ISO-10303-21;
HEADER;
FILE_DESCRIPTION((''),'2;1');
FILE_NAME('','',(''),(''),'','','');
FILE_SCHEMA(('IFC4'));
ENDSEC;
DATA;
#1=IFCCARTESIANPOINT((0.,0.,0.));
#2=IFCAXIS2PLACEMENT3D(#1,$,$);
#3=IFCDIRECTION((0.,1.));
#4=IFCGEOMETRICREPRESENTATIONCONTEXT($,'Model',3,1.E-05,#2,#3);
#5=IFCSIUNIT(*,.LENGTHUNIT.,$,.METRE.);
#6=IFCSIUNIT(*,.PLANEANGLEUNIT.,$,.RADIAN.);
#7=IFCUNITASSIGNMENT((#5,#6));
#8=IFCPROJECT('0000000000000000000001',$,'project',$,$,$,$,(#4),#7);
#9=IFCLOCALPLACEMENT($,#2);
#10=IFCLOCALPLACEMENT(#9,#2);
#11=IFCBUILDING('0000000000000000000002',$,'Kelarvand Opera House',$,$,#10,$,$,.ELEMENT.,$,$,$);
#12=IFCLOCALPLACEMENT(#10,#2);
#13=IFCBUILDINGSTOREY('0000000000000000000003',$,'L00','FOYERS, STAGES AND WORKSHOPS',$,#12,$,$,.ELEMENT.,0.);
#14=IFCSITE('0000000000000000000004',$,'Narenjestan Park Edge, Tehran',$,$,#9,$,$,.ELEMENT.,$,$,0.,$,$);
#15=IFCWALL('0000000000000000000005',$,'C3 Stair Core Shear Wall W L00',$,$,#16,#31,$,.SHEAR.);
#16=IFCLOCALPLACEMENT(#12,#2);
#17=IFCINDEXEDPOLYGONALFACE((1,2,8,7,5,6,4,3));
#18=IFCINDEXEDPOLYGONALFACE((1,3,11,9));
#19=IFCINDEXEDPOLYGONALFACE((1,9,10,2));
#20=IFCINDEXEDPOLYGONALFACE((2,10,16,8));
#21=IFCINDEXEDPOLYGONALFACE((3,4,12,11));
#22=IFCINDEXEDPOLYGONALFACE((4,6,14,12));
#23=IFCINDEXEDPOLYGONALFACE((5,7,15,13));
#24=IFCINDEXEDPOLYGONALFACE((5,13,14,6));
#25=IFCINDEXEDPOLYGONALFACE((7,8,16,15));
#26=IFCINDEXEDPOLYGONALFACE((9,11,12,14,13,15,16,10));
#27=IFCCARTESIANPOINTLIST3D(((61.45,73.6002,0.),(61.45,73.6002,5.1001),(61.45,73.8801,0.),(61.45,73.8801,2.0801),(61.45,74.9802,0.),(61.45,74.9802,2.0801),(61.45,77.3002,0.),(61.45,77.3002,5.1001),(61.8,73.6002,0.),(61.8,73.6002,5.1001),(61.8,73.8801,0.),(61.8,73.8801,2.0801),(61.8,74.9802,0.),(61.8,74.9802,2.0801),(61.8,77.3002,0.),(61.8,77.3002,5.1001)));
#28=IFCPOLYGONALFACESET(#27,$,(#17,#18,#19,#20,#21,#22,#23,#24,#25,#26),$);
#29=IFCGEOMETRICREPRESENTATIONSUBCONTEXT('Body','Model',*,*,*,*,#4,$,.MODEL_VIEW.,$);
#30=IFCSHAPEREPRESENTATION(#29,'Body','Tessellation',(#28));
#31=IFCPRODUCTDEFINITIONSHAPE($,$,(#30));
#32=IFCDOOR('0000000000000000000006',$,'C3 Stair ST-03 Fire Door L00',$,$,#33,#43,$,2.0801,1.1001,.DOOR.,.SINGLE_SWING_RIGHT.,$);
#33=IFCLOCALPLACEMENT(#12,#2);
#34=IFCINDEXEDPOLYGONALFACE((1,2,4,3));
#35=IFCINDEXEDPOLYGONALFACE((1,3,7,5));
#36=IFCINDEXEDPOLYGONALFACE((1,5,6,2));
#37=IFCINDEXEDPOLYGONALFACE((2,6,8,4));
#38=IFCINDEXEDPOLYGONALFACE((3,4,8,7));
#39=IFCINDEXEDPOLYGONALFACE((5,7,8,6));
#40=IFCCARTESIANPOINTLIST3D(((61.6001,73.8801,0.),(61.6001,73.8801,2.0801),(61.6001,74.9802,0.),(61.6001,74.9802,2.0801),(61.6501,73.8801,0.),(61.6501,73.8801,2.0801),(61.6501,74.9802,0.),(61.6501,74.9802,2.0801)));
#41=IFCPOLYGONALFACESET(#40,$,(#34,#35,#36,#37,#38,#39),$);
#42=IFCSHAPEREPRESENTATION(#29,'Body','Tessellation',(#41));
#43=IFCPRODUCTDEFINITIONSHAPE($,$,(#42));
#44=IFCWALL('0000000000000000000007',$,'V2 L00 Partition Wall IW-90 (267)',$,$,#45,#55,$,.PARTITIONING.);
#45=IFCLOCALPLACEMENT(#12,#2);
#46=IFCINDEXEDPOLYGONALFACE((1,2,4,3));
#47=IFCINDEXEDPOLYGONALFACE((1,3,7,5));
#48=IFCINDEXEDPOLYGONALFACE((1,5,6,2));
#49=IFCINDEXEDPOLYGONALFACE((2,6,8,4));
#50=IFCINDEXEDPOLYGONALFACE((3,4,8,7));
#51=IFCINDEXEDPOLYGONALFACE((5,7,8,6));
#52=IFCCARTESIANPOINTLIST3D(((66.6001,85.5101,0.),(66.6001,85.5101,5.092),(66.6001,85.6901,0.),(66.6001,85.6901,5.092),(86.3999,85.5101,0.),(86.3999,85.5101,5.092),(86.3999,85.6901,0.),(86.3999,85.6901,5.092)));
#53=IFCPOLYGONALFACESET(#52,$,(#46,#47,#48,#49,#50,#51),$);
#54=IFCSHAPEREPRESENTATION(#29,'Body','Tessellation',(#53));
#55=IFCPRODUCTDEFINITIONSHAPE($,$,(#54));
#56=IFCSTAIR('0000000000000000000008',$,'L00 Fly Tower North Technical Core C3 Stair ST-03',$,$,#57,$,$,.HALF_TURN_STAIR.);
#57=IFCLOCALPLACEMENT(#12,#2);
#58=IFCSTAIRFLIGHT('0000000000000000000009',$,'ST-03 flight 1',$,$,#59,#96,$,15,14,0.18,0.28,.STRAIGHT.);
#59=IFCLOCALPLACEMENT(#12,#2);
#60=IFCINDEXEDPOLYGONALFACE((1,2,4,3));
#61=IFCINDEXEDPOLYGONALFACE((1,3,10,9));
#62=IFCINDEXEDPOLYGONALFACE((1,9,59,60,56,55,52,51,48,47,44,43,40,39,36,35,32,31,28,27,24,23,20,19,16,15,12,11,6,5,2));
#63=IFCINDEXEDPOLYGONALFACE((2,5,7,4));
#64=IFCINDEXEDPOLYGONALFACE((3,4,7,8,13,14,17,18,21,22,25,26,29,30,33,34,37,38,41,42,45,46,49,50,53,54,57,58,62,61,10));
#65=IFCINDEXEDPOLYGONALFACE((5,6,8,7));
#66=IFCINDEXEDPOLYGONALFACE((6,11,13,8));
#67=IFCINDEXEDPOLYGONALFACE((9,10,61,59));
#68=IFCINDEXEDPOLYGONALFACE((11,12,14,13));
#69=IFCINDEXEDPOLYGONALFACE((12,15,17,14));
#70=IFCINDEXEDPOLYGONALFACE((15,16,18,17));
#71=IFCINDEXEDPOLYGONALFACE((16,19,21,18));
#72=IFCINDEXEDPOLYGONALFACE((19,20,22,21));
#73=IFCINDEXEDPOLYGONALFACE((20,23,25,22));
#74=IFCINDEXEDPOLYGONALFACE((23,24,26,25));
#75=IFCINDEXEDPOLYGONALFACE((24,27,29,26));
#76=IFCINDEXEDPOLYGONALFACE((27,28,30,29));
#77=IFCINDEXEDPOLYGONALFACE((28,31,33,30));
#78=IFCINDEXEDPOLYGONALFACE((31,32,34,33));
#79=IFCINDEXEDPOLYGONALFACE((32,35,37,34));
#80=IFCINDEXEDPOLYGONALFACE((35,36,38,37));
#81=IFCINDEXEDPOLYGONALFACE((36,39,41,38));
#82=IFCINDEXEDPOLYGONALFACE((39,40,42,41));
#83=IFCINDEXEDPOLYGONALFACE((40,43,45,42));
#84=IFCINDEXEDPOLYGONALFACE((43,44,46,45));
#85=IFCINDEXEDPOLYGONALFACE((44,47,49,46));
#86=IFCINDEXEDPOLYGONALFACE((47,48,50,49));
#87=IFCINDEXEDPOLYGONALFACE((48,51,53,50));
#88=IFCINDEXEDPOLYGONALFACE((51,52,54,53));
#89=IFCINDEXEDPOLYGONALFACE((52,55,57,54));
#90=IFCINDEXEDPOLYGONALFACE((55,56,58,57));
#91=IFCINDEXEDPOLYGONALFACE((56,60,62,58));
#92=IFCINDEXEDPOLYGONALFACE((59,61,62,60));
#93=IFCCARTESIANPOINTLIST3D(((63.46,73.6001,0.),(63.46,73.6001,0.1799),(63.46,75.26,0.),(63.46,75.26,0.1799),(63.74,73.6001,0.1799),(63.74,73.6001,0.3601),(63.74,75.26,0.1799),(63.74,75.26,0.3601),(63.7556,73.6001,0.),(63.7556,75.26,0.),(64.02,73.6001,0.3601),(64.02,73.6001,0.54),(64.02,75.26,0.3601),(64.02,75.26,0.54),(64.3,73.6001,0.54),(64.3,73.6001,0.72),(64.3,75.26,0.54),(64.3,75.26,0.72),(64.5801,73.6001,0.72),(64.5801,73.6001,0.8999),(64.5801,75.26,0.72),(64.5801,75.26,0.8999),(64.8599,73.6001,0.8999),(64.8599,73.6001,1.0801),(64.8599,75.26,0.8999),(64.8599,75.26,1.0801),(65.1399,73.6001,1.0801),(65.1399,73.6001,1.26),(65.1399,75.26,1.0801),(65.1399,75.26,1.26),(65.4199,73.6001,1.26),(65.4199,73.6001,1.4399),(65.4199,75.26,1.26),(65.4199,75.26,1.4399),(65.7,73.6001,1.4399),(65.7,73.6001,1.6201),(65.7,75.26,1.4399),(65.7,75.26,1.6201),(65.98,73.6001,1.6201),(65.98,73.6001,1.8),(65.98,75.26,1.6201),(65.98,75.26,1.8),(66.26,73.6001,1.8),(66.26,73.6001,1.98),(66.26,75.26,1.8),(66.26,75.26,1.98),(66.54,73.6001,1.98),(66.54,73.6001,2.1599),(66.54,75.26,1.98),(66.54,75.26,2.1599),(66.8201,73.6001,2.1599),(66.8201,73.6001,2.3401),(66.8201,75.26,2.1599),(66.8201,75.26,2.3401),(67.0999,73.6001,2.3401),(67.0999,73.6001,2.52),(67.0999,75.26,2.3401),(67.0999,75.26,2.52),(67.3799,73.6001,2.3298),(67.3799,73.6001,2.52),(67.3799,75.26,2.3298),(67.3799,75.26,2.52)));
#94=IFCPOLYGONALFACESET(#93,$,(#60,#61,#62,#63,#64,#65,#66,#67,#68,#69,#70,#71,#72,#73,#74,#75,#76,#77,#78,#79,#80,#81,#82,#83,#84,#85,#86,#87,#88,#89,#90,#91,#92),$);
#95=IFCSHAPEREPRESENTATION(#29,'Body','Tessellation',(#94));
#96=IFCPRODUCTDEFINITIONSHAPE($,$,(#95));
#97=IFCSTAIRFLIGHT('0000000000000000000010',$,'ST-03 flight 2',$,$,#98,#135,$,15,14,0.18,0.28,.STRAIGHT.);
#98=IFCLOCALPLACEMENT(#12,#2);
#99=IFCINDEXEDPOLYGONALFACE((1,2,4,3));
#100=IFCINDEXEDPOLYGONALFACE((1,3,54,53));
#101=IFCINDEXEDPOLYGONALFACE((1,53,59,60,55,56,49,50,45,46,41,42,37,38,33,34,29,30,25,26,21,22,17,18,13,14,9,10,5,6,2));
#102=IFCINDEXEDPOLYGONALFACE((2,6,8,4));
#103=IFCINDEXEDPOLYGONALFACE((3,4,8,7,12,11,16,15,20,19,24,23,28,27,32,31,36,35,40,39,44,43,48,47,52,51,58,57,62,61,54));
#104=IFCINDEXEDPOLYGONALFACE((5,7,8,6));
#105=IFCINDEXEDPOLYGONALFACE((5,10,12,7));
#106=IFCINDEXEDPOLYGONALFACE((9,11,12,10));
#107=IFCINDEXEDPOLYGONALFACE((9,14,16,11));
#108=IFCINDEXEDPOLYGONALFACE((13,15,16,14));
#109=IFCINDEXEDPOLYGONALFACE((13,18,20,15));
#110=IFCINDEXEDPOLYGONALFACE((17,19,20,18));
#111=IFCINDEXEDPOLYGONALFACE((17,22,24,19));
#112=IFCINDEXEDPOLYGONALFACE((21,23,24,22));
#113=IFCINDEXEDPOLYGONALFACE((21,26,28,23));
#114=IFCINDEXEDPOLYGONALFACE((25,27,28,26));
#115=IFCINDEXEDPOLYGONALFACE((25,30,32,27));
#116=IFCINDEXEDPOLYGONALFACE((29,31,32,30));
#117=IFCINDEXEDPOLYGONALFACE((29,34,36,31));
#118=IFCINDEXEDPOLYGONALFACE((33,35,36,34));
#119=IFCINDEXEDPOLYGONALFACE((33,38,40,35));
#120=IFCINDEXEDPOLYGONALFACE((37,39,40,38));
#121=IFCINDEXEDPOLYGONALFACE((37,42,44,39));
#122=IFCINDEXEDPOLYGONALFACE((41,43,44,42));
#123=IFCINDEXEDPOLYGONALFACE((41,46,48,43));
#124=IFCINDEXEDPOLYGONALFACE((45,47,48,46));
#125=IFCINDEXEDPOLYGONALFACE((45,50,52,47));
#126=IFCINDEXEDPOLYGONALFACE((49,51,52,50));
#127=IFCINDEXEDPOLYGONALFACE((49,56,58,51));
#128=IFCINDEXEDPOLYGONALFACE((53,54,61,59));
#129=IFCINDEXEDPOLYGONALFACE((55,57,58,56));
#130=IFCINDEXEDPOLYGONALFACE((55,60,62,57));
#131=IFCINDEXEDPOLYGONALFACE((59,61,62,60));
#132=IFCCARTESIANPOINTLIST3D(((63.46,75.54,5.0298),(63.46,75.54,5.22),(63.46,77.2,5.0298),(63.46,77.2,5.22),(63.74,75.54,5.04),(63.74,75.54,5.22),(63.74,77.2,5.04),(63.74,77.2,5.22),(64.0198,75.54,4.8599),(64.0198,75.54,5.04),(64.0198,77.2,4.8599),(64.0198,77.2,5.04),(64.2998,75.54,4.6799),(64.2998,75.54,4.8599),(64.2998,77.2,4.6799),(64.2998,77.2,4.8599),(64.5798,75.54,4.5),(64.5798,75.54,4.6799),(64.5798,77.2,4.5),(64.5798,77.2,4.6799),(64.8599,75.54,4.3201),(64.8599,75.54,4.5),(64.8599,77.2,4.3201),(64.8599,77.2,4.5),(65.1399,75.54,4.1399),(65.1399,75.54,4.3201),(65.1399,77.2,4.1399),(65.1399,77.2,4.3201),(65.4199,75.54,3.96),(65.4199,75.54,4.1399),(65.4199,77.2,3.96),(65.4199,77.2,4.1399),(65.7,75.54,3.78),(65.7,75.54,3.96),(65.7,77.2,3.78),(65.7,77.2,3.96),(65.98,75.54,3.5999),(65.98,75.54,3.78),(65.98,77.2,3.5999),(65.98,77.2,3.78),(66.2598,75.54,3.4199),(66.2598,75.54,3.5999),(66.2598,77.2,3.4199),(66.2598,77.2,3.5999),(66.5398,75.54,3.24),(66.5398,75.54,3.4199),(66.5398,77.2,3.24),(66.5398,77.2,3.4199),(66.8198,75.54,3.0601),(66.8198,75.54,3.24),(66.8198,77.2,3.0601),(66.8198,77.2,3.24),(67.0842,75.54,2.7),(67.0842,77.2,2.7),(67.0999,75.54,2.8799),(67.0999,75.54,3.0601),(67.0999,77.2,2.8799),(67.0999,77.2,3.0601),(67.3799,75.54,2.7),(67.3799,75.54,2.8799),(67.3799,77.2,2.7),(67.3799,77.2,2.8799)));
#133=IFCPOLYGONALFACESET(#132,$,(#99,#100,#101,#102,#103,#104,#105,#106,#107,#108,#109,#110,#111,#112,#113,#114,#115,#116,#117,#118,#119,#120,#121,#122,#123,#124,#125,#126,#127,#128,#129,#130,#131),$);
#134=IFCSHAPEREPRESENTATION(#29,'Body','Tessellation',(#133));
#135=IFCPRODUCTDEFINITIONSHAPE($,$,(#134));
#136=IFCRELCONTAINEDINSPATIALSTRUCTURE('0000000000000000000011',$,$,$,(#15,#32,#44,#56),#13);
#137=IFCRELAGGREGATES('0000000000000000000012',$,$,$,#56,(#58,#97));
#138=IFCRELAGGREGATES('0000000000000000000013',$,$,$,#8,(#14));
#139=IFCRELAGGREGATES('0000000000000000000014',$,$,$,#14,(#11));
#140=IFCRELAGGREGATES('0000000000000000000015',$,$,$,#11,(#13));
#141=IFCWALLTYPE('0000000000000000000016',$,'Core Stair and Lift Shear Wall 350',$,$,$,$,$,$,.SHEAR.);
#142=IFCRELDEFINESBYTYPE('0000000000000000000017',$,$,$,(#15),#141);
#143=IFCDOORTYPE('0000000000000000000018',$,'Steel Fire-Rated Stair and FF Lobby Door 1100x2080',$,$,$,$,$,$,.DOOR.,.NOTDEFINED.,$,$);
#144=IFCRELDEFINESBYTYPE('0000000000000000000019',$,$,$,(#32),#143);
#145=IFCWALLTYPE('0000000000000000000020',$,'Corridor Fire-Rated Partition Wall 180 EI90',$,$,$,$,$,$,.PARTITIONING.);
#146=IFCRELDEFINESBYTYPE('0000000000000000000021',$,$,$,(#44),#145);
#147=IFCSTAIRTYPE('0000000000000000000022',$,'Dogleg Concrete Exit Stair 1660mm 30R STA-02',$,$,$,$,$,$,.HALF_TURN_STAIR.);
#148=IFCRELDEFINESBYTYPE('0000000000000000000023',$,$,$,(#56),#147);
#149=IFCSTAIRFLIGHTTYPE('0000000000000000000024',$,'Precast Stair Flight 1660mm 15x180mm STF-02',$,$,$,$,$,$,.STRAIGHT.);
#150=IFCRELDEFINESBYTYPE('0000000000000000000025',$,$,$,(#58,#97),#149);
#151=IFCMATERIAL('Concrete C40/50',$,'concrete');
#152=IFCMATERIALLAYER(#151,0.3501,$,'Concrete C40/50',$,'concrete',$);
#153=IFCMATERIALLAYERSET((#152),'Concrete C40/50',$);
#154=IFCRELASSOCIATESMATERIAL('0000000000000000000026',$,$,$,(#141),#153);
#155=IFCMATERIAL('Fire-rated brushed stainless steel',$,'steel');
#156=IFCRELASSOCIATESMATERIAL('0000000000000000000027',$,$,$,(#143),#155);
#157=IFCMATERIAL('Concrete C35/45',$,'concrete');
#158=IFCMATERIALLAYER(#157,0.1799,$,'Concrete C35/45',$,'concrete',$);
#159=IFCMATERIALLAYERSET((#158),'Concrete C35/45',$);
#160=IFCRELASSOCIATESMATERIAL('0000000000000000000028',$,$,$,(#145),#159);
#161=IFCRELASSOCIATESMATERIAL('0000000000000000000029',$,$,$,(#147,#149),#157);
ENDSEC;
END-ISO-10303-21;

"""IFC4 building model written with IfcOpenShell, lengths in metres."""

from ifc_helpers import new_model, si_unit, direction, frame, frame_2d, origin, place, context, subcontext, project, spatial, polyline, rectangle, outline, extrude, material, layer, layer_set, type_object, element, fill, aggregate, save


model = new_model("IFC4")

# Units and contexts
model_context = context("Model", 3, precision=1e-05, world=origin(), true_north=direction((0.0, 1.0)))
body_context = subcontext(model_context, "Body", "Model", "MODEL_VIEW")
ifc_project = project(units=[si_unit("LENGTHUNIT", "METRE"), si_unit("PLANEANGLEUNIT", "RADIAN")], contexts=[model_context])

# Site, building, storey
site_placement = place(None, origin())
site = spatial("IfcSite", under=ifc_project, at=site_placement, Name="Narenjestan Park Edge, Tehran", CompositionType="ELEMENT", RefElevation=0.0)
building_placement = place(site_placement, origin())
building = spatial("IfcBuilding", under=site, at=building_placement, Name="Kelarvand Opera House", CompositionType="ELEMENT")
storey_placement = place(building_placement, origin())
storey = spatial("IfcBuildingStorey", under=building, at=storey_placement, Name="L00", Description="FOYERS, STAGES AND WORKSHOPS", CompositionType="ELEMENT", Elevation=0.0)

# Shared definitions
ifc_material_1 = material(Name="Concrete C40/50", Category="concrete")

# Shared definitions
ifc_material_2 = material(Name="Concrete C35/45", Category="concrete")

# Shared definitions
ifc_layer_1 = layer(ifc_material_1, 0.3501, Name="Concrete C40/50", Category="concrete")
ifc_layer_set_1 = layer_set([ifc_layer_1], Name="Concrete C40/50")
wall_type_1 = type_object("IfcWallType", Name="Core Stair and Lift Shear Wall 350", PredefinedType="SHEAR", material=ifc_layer_set_1)

# Wall, opening, door
wall_1_placement = place(storey_placement, frame((61.625, 73.6001, 0.0), z_axis=(0.0, 0.0, 1.0), x_axis=(0.0, 1.0, 0.0)))
wall_1 = element("IfcWall", 1, at=wall_1_placement, inside=storey, type_object=wall_type_1, Name="C3 Stair Core Shear Wall W L00", PredefinedType="SHEAR", context=body_context, shape_type="SweptSolid", body=[
    extrude(rectangle(XDim=3.7, YDim=0.3501, at=frame_2d((1.8501, 0.0))), origin(), (0.0, 0.0, 1.0), 5.1001),
])
opening_placement = place(wall_1_placement, frame((0.28, 0.0, 0.0)))
opening = element("IfcOpeningElement", 2, at=opening_placement, cuts=wall_1, PredefinedType="OPENING", context=body_context, shape_type="SweptSolid", body=[
    extrude(rectangle(XDim=1.1001, YDim=2.0801, at=frame_2d((0.55, 1.04))), frame((0.0, 0.1851, 0.0), z_axis=(0.0, -1.0, 0.0), x_axis=(1.0, 0.0, 0.0)), (0.0, 0.0, 1.0), 0.3701),
])
ifc_material_3 = material(Name="Fire-rated brushed stainless steel", Category="steel")
door_type = type_object("IfcDoorType", Name="Steel Fire-Rated Stair and FF Lobby Door 1100x2080", OperationType="NOTDEFINED", PredefinedType="DOOR", material=ifc_material_3)
door_placement = place(opening_placement, origin())
door = element("IfcDoor", 3, at=door_placement, inside=storey, type_object=door_type, Name="C3 Stair ST-03 Fire Door L00", OperationType="SINGLE_SWING_RIGHT", OverallHeight=2.0801, OverallWidth=1.1001, PredefinedType="DOOR", context=body_context, shape_type="SweptSolid", body=[
    extrude(rectangle(XDim=1.1001, YDim=2.0801, at=frame_2d((0.55, 1.04))), frame((0.0, 0.0249, 0.0), z_axis=(0.0, -1.0, 0.0), x_axis=(1.0, 0.0, 0.0)), (0.0, 0.0, 1.0), 0.05),
])
fill(opening, door)

# Wall
ifc_layer_2 = layer(ifc_material_2, 0.1799, Name="Concrete C35/45", Category="concrete")
ifc_layer_set_2 = layer_set([ifc_layer_2], Name="Concrete C35/45")
wall_type_2 = type_object("IfcWallType", Name="Corridor Fire-Rated Partition Wall 180 EI90", PredefinedType="PARTITIONING", material=ifc_layer_set_2)
wall_2_placement = place(storey_placement, frame((66.6001, 85.6001, 0.0), z_axis=(0.0, 0.0, 1.0), x_axis=(1.0, 0.0, 0.0)))
element("IfcWall", 4, at=wall_2_placement, inside=storey, type_object=wall_type_2, Name="V2 L00 Partition Wall IW-90 (267)", PredefinedType="PARTITIONING", context=body_context, shape_type="SweptSolid", body=[
    extrude(rectangle(XDim=19.7998, YDim=0.1799, at=frame_2d((9.8999, 0.0))), origin(), (0.0, 0.0, 1.0), 5.092),
])

# Stair, stair flights
stair_type = type_object("IfcStairType", Name="Dogleg Concrete Exit Stair 1660mm 30R STA-02", PredefinedType="HALF_TURN_STAIR", material=ifc_material_2)
stair_placement = place(storey_placement, origin())
stair = element("IfcStair", 5, at=stair_placement, inside=storey, type_object=stair_type, Name="L00 Fly Tower North Technical Core C3 Stair ST-03", PredefinedType="HALF_TURN_STAIR")
stair_flight_type = type_object("IfcStairFlightType", Name="Precast Stair Flight 1660mm 15x180mm STF-02", PredefinedType="STRAIGHT", material=ifc_material_2)
stair_flight_1_placement = place(storey_placement, frame((63.46, 74.4299, 0.0), z_axis=(0.0, 0.0, 1.0), x_axis=(1.0, 0.0, 0.0)))
stair_flight_1 = element("IfcStairFlight", 6, at=stair_flight_1_placement, type_object=stair_flight_type, Name="ST-03 flight 1", NumberOfRisers=15, NumberOfTreads=14, PredefinedType="STRAIGHT", RiserHeight=0.18, TreadLength=0.28, context=body_context, shape_type="SweptSolid", body=[
    extrude(outline(polyline([(0.0, 0.0), (0.0, 0.1799), (0.28, 0.1799), (0.28, 0.3601), (0.5601, 0.3601), (0.5601, 0.54), (0.8401, 0.54), (0.8401, 0.72), (1.1201, 0.72), (1.1201, 0.8999), (1.3999, 0.8999), (1.3999, 1.0801), (1.6799, 1.0801), (1.6799, 1.26), (1.96, 1.26), (1.96, 1.4399), (2.24, 1.4399), (2.24, 1.6201), (2.52, 1.6201), (2.52, 1.8), (2.8, 1.8), (2.8, 1.98), (3.0801, 1.98), (3.0801, 2.1599), (3.3601, 2.1599), (3.3601, 2.3401), (3.6399, 2.3401), (3.6399, 2.52), (3.9199, 2.52), (3.9199, 2.7), (3.9199, 2.3298), (0.2957, 0.0), (0.0, 0.0)])), frame((0.0, 0.8301, 0.0), z_axis=(0.0, -1.0, 0.0), x_axis=(1.0, 0.0, 0.0)), (0.0, 0.0, 1.0), 1.6599),
])
stair_flight_2_placement = place(storey_placement, frame((67.3799, 76.3701, 2.7), z_axis=(0.0, 0.0, 1.0), x_axis=(-1.0, 0.0, 0.0)))
stair_flight_2 = element("IfcStairFlight", 7, at=stair_flight_2_placement, type_object=stair_flight_type, Name="ST-03 flight 2", NumberOfRisers=15, NumberOfTreads=14, PredefinedType="STRAIGHT", RiserHeight=0.18, TreadLength=0.28, context=body_context, shape_type="SweptSolid", body=[
    extrude(outline(polyline([(0.0, 0.0), (0.0, 0.1799), (0.28, 0.1799), (0.28, 0.3601), (0.5601, 0.3601), (0.5601, 0.54), (0.8401, 0.54), (0.8401, 0.72), (1.1201, 0.72), (1.1201, 0.8999), (1.3999, 0.8999), (1.3999, 1.0801), (1.6799, 1.0801), (1.6799, 1.26), (1.96, 1.26), (1.96, 1.4399), (2.24, 1.4399), (2.24, 1.6201), (2.52, 1.6201), (2.52, 1.8), (2.8, 1.8), (2.8, 1.98), (3.0801, 1.98), (3.0801, 2.1599), (3.3601, 2.1599), (3.3601, 2.3401), (3.6399, 2.3401), (3.6399, 2.52), (3.9199, 2.52), (3.9199, 2.7), (3.9199, 2.3298), (0.2957, 0.0), (0.0, 0.0)])), frame((0.0, 0.8301, 0.0), z_axis=(0.0, -1.0, 0.0), x_axis=(1.0, 0.0, 0.0)), (0.0, 0.0, 1.0), 1.6599),
])
aggregate(stair, [stair_flight_1, stair_flight_2])

save(model, "model.ifc")
